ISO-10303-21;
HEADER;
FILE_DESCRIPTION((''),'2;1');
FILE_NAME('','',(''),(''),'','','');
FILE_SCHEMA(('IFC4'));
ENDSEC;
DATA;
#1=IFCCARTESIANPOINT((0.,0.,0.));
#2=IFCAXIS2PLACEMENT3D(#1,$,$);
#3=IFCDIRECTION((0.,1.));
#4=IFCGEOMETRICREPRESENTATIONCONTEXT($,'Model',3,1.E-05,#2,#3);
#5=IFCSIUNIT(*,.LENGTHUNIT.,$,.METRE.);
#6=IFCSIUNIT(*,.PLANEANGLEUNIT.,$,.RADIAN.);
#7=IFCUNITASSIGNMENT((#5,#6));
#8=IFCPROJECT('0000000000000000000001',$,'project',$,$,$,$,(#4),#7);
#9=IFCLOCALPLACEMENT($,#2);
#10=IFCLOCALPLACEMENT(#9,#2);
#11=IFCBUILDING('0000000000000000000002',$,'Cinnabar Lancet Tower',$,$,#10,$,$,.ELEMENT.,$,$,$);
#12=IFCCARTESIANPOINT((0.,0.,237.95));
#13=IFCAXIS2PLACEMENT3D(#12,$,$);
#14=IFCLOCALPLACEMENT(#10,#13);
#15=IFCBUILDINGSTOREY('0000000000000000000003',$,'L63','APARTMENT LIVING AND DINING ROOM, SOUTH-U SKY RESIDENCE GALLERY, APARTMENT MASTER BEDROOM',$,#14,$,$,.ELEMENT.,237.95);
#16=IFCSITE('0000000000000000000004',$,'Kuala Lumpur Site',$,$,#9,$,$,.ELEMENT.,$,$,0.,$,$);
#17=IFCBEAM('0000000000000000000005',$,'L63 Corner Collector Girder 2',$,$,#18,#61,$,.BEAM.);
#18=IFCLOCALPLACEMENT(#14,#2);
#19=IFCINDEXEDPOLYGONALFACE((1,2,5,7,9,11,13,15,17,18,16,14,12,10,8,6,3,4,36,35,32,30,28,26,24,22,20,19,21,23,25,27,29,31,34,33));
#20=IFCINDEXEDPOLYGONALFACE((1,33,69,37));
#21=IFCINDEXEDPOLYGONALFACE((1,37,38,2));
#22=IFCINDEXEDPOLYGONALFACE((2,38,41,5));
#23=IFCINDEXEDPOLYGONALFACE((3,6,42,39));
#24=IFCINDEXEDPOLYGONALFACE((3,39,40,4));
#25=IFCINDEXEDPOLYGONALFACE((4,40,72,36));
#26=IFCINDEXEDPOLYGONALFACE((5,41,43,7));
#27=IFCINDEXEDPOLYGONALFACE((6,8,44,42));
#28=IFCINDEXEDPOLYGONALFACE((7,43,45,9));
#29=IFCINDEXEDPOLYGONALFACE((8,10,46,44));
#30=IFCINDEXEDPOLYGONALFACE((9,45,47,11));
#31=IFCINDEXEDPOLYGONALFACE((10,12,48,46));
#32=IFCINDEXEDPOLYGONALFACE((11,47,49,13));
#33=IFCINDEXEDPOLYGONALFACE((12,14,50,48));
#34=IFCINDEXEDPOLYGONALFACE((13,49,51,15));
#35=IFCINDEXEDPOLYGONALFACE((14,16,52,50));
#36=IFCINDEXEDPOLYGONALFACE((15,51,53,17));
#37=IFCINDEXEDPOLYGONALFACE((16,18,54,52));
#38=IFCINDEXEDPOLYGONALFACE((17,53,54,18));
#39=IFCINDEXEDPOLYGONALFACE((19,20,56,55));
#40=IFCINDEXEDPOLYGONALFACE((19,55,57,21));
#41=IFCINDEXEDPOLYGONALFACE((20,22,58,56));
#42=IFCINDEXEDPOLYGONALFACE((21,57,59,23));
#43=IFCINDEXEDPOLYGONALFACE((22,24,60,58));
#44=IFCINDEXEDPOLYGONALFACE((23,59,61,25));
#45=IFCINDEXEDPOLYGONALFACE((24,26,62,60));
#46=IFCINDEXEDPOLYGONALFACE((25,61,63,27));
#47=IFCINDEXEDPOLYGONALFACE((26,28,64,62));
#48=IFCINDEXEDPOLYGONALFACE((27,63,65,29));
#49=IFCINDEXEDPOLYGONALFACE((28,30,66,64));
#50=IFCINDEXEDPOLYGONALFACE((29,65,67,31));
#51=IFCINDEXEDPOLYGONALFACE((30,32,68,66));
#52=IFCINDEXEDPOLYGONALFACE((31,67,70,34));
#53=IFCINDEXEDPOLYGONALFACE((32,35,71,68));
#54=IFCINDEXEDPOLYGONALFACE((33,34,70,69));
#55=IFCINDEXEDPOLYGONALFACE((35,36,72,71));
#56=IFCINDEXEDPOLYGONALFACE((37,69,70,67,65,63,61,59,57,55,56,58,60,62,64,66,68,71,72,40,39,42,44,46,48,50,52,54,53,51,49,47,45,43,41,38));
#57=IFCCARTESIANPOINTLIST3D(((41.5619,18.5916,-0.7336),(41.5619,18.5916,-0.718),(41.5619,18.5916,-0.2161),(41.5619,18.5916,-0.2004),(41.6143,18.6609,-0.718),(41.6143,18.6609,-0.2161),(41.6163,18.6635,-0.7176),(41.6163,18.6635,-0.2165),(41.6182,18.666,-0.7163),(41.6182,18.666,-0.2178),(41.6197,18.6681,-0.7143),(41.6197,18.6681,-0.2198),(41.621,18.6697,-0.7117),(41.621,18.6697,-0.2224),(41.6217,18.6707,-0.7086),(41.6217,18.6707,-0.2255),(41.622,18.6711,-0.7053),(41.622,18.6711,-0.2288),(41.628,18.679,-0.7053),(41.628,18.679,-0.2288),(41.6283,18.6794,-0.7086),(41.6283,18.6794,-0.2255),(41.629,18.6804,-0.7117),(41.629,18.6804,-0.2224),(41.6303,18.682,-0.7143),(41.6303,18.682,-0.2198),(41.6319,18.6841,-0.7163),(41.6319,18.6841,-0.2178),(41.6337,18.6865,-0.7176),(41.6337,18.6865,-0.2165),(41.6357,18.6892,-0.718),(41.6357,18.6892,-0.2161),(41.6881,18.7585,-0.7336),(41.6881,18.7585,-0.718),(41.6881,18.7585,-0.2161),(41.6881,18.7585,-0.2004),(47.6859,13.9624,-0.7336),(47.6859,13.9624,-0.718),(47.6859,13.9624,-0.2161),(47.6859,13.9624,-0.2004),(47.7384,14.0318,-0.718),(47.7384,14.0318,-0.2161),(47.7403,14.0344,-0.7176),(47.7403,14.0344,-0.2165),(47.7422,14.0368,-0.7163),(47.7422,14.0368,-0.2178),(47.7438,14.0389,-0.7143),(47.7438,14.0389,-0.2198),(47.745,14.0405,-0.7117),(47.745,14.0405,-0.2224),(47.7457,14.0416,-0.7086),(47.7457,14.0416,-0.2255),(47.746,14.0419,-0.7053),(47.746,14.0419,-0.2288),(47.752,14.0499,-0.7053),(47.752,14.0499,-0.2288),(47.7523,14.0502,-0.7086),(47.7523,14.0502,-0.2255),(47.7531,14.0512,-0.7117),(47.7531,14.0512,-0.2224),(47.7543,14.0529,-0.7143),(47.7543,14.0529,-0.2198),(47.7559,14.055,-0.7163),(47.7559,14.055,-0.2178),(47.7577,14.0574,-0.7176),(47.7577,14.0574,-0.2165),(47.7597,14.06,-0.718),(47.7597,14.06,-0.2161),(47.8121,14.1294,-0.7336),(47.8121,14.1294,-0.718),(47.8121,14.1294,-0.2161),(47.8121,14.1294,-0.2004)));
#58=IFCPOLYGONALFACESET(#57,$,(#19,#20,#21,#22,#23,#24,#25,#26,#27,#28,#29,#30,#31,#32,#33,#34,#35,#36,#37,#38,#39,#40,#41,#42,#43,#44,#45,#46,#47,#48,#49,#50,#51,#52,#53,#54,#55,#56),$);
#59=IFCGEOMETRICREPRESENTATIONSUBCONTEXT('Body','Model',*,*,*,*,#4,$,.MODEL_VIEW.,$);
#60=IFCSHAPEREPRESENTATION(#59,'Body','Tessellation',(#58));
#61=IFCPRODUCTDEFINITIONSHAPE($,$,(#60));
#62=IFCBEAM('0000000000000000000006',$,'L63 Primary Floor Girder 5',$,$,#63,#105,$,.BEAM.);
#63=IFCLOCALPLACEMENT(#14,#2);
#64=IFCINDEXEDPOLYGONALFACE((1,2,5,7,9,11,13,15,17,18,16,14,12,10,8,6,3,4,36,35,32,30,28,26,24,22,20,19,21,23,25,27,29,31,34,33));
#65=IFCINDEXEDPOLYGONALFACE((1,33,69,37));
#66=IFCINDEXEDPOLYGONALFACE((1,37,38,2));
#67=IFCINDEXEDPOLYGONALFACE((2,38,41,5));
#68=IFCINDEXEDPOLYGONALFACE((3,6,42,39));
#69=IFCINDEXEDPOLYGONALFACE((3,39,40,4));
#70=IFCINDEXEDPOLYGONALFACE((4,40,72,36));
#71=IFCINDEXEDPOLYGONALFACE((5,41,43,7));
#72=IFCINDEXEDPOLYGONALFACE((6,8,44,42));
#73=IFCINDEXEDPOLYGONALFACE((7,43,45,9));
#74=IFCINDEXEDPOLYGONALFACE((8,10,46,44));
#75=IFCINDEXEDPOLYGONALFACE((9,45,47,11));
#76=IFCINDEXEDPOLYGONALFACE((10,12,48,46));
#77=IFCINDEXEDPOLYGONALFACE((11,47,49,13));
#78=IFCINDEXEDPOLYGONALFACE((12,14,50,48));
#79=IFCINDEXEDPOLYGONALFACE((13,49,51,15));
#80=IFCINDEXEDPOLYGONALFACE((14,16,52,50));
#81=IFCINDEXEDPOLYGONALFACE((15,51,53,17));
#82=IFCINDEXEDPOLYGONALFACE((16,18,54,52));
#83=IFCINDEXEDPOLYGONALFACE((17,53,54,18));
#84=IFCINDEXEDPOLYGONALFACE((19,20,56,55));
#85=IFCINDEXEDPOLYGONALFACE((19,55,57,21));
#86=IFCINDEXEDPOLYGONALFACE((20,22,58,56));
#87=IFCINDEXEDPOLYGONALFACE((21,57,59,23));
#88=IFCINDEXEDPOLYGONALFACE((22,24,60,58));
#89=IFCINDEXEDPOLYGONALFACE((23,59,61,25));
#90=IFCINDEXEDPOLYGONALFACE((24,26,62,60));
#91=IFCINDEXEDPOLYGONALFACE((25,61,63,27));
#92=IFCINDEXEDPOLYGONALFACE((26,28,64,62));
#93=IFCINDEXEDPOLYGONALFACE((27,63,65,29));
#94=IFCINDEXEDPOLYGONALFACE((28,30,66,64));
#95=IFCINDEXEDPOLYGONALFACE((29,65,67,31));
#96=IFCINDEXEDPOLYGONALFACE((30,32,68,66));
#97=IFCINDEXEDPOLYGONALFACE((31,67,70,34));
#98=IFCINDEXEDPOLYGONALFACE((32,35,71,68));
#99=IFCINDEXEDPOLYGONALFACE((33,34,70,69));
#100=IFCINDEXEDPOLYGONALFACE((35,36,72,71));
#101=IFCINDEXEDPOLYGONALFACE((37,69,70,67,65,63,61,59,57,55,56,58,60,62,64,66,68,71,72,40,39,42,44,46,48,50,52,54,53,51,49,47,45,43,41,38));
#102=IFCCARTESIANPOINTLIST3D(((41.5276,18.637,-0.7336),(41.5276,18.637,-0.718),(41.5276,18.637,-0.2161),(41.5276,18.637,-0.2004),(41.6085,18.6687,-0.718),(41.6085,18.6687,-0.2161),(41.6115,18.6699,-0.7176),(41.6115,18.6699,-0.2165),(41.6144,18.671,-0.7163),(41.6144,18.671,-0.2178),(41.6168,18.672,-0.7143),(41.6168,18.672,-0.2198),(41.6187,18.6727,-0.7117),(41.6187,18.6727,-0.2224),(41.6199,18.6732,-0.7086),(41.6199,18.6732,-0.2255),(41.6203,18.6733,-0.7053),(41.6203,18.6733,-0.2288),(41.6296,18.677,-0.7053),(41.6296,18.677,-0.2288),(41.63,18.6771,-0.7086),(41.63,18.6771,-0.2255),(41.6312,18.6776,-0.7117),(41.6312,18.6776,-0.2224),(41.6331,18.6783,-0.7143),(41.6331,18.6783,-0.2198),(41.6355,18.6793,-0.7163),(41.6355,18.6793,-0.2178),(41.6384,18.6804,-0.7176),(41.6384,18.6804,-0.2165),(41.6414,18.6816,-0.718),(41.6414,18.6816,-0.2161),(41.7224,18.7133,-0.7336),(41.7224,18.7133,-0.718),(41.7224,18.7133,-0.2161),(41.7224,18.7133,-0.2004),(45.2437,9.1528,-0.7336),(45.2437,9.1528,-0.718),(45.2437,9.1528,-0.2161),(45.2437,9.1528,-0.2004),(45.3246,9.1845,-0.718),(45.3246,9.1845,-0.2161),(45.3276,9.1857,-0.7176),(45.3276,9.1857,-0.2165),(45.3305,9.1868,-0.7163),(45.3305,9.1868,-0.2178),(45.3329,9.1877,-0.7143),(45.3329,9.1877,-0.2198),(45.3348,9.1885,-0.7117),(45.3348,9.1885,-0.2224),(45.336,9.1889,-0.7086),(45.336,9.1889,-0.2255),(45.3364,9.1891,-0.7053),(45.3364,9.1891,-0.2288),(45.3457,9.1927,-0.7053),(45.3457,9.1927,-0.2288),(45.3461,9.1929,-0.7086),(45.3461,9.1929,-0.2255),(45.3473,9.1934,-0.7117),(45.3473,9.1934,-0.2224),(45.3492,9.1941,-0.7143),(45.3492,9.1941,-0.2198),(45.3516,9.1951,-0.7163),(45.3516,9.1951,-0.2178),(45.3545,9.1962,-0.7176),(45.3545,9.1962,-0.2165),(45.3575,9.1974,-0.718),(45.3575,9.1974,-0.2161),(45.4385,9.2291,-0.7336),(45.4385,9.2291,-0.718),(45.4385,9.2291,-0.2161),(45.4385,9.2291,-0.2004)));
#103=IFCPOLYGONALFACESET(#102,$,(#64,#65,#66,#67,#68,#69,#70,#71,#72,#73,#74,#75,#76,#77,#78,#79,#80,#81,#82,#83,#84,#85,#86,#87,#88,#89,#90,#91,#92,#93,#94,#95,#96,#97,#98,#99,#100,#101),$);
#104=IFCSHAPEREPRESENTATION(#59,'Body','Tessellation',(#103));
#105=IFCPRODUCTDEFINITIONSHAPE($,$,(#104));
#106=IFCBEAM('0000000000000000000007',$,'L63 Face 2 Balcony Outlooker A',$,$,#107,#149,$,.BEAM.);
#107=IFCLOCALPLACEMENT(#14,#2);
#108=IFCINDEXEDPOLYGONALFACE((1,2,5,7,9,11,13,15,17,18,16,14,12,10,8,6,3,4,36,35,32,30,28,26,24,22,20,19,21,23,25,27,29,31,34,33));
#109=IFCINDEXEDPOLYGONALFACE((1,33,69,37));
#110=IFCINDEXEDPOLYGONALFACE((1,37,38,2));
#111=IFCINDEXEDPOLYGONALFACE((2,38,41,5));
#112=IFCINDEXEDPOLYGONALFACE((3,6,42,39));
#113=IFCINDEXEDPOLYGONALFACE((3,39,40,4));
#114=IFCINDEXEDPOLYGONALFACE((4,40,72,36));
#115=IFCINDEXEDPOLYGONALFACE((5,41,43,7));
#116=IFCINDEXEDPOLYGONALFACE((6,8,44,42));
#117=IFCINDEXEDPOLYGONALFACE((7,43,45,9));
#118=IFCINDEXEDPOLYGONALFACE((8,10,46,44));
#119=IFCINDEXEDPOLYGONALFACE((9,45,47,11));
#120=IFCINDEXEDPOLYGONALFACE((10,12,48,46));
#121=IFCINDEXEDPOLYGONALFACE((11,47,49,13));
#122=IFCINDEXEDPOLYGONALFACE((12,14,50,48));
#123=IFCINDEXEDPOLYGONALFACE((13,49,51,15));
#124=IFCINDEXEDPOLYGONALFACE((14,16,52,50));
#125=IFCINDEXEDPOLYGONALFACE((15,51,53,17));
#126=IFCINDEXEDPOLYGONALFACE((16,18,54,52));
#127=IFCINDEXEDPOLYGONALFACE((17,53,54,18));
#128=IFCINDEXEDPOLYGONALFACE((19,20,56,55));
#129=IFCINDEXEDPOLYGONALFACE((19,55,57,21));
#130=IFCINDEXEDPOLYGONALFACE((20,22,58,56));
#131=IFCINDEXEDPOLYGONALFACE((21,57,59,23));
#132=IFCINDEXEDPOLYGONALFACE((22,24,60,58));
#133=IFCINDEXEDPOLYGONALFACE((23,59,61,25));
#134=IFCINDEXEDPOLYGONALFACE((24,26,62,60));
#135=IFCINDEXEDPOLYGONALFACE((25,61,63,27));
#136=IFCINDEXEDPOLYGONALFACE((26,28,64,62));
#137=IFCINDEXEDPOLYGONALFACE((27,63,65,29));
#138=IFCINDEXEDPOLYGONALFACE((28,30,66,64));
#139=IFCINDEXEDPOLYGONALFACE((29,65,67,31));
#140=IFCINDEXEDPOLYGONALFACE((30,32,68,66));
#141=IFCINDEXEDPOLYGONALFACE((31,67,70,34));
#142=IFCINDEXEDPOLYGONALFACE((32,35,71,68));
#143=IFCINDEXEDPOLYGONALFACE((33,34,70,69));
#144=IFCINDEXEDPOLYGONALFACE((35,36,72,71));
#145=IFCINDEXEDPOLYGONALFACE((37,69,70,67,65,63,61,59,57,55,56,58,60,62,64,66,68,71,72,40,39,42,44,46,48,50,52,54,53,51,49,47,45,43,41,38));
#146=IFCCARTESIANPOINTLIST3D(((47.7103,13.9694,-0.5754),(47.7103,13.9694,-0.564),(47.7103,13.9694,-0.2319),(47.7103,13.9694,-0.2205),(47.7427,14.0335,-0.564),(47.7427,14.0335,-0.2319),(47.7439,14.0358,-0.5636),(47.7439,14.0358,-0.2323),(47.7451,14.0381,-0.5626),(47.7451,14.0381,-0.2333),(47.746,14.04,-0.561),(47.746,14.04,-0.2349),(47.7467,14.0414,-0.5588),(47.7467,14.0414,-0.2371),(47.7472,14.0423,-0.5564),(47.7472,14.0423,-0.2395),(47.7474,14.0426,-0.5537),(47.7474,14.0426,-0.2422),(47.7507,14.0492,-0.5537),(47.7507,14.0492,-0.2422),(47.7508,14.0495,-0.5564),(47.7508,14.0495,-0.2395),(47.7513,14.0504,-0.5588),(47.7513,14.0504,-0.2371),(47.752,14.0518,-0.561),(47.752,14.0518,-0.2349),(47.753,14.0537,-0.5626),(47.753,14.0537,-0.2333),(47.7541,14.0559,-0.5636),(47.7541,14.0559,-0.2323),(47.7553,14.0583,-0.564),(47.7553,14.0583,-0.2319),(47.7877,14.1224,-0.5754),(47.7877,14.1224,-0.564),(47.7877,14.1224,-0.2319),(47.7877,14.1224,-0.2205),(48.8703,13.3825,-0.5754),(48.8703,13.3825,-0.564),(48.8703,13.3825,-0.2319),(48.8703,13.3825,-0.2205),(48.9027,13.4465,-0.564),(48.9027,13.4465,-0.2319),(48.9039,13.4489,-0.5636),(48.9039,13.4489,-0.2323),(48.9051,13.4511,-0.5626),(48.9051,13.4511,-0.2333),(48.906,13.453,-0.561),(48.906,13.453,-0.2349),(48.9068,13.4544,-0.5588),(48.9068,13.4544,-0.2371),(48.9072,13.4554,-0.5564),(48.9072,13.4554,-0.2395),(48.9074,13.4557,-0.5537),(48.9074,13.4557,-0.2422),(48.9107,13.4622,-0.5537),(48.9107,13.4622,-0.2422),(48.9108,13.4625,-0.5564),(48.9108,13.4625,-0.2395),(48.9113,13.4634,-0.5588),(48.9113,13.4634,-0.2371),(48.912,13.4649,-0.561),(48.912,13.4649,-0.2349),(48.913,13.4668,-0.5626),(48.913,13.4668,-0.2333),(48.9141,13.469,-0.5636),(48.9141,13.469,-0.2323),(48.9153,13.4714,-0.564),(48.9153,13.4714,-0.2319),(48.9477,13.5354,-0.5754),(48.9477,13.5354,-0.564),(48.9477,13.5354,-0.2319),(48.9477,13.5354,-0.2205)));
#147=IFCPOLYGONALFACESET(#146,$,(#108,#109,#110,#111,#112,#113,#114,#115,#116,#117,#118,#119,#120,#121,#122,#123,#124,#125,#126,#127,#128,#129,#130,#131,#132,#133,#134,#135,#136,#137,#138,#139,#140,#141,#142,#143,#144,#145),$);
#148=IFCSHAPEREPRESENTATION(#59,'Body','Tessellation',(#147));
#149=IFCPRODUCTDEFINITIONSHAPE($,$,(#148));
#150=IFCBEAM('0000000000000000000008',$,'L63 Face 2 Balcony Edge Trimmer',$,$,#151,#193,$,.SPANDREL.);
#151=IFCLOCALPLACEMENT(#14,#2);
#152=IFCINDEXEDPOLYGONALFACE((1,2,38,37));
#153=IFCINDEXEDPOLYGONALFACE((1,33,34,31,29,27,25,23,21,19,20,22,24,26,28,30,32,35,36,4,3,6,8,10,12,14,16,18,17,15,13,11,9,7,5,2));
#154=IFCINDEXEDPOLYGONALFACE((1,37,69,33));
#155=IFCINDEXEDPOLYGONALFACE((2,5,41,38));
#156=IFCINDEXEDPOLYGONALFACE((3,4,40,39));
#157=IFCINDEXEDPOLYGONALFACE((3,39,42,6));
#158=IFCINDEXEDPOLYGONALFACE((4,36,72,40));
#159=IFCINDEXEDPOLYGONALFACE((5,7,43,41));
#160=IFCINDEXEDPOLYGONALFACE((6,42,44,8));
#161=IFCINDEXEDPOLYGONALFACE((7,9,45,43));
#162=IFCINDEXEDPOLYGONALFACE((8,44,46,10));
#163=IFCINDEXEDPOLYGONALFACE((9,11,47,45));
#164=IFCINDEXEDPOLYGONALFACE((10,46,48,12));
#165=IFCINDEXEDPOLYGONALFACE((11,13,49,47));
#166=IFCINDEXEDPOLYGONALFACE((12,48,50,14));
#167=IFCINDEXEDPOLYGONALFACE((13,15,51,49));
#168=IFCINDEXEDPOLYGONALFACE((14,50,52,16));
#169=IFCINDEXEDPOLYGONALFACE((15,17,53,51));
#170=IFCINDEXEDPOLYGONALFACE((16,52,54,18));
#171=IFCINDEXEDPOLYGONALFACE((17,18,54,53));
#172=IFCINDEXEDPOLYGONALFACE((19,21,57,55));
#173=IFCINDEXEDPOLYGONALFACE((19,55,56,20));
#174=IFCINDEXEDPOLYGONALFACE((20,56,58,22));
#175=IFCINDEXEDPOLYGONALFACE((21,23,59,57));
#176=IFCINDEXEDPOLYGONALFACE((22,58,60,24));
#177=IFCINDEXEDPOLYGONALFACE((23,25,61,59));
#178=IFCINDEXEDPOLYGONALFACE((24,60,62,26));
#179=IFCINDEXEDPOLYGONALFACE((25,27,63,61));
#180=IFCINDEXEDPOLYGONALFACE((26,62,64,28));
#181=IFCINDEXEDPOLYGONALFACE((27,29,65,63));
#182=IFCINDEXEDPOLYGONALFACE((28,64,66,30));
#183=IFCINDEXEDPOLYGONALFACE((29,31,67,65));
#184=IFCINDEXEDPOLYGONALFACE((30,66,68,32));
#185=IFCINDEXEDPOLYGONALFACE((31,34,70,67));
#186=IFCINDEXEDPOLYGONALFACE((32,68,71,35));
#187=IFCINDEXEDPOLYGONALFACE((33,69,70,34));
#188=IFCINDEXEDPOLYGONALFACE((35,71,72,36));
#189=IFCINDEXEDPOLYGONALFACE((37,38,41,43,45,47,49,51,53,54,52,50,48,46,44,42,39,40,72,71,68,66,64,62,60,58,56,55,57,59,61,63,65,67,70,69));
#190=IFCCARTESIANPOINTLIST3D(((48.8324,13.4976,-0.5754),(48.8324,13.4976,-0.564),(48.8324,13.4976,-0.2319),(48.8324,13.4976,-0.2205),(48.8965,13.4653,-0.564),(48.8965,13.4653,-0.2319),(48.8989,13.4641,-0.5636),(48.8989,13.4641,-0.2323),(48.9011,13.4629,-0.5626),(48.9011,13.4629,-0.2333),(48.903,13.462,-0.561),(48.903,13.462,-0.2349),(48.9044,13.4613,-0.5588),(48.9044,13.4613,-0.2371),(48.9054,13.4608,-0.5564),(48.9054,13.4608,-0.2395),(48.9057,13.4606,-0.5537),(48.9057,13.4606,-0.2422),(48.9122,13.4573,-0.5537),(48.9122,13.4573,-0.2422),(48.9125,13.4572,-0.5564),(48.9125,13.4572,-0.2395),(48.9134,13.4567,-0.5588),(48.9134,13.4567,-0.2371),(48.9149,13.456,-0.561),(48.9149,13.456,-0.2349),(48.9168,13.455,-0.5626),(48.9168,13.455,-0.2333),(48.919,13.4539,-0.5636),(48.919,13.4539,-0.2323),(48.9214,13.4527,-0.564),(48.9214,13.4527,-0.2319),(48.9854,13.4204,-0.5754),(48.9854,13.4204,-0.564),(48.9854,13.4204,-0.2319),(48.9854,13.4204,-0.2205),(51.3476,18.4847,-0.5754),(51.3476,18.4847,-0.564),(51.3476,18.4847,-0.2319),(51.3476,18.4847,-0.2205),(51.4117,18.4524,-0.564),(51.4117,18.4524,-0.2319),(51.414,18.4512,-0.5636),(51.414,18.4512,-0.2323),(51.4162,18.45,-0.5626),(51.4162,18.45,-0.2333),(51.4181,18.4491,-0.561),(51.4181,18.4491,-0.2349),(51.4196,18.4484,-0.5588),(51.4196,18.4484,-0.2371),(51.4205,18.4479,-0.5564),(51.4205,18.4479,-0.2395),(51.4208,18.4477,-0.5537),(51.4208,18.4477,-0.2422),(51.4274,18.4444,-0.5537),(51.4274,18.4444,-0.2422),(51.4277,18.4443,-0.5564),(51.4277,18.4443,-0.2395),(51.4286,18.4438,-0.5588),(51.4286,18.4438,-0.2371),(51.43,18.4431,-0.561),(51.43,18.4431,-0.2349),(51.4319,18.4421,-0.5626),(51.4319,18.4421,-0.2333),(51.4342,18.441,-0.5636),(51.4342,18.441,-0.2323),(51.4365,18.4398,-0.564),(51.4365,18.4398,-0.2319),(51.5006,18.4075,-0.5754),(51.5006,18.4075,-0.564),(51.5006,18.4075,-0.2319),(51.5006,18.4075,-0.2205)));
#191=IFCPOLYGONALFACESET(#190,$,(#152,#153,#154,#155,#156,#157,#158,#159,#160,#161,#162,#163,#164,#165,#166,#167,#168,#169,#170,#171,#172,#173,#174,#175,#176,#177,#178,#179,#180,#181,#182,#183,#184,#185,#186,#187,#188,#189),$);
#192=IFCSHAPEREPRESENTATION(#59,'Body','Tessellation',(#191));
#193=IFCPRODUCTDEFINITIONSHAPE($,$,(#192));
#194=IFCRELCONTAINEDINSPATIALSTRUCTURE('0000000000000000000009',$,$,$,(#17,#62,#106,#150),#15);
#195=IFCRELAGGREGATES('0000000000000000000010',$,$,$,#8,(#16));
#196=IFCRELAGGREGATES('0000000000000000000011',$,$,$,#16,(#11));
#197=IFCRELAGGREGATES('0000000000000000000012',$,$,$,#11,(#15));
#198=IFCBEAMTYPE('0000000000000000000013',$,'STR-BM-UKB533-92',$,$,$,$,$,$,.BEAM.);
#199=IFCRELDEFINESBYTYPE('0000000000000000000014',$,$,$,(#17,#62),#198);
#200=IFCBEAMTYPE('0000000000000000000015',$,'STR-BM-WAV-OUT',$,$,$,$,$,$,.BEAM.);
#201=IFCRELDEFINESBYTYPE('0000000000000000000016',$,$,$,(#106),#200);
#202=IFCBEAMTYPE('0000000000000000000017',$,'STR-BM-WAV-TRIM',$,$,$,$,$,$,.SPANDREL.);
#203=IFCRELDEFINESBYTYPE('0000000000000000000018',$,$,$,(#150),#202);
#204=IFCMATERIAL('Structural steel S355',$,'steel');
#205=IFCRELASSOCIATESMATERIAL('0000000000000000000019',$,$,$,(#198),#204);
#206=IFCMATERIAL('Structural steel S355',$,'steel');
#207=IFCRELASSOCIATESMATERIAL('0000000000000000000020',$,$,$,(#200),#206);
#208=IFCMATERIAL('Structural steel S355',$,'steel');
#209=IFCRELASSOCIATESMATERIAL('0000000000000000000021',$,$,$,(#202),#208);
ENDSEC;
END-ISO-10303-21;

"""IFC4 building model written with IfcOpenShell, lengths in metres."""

from ifc_helpers import new_model, si_unit, direction, frame, origin, origin_2d, place, context, subcontext, project, spatial, i_section, extrude, material, material_profile, profile_set, type_object, element, save


model = new_model("IFC4")

# Units and contexts
model_context = context("Model", 3, precision=1e-05, world=origin(), true_north=direction((0.0, 1.0)))
body_context = subcontext(model_context, "Body", "Model", "MODEL_VIEW")
ifc_project = project(units=[si_unit("LENGTHUNIT", "METRE"), si_unit("PLANEANGLEUNIT", "RADIAN")], contexts=[model_context])

# Site, building, storey
site_placement = place(None, origin())
site = spatial("IfcSite", under=ifc_project, at=site_placement, Name="Kuala Lumpur Site", CompositionType="ELEMENT", RefElevation=0.0)
building_placement = place(site_placement, origin())
building = spatial("IfcBuilding", under=site, at=building_placement, Name="Cinnabar Lancet Tower", CompositionType="ELEMENT")
storey_placement = place(building_placement, frame((0.0, 0.0, 237.95)))
storey = spatial("IfcBuildingStorey", under=building, at=storey_placement, Name="L63", Description="APARTMENT LIVING AND DINING ROOM, SOUTH-U SKY RESIDENCE GALLERY, APARTMENT MASTER BEDROOM", CompositionType="ELEMENT", Elevation=237.95)

# Beams
ifc_material_1 = material(Name="Structural steel S355", Category="steel")
ifc_material_profile_1 = material_profile(ifc_material_1, i_section(OverallWidth=0.2092, OverallDepth=0.5332, WebThickness=0.01, FlangeThickness=0.0156, FilletRadius=0.0127, at=origin_2d()), Name="UKB 533x210x92")
ifc_profile_set_1 = profile_set([ifc_material_profile_1], Name="Structural steel S355")
beam_type_1 = type_object("IfcBeamType", Name="STR-BM-UKB533-92", PredefinedType="BEAM", material=ifc_profile_set_1)
beam_1_placement = place(storey_placement, frame((47.749, 14.0459, -0.467), z_axis=(-0.797735, 0.603008, 0.0), x_axis=(-0.603008, -0.797735, 0.0)))
element("IfcBeam", 1, at=beam_1_placement, inside=storey, type_object=beam_type_1, Name="L63 Corner Collector Girder 2", PredefinedType="BEAM", context=body_context, shape_type="SweptSolid", body=[
    extrude(i_section(OverallWidth=0.2092, OverallDepth=0.5332, WebThickness=0.01, FlangeThickness=0.0156, FilletRadius=0.0127, at=origin_2d()), origin(), (0.0, 0.0, 1.0), 7.6768),
])
beam_2_placement = place(storey_placement, frame((45.3411, 9.1909, -0.467), z_axis=(-0.364815, 0.93108, 0.0), x_axis=(-0.93108, -0.364815, 0.0)))
element("IfcBeam", 2, at=beam_2_placement, inside=storey, type_object=beam_type_1, Name="L63 Primary Floor Girder 5", PredefinedType="BEAM", context=body_context, shape_type="SweptSolid", body=[
    extrude(i_section(OverallWidth=0.2092, OverallDepth=0.5332, WebThickness=0.01, FlangeThickness=0.0156, FilletRadius=0.0127, at=origin_2d()), origin(), (0.0, 0.0, 1.0), 10.1863),
])
ifc_material_2 = material(Name="Structural steel S355", Category="steel")
ifc_material_profile_2 = material_profile(ifc_material_2, i_section(OverallWidth=0.1714, OverallDepth=0.355, WebThickness=0.0073, FlangeThickness=0.0115, FilletRadius=0.0103, at=origin_2d()), Name="UKB 356x171x51")
ifc_profile_set_2 = profile_set([ifc_material_profile_2], Name="Structural steel S355")
beam_type_2 = type_object("IfcBeamType", Name="STR-BM-WAV-OUT", PredefinedType="BEAM", material=ifc_profile_set_2)
beam_3_placement = place(storey_placement, frame((47.749, 14.0459, -0.3979), z_axis=(0.892276, -0.45149, 0.0), x_axis=(0.45149, 0.892276, 0.0)))
element("IfcBeam", 3, at=beam_3_placement, inside=storey, type_object=beam_type_2, Name="L63 Face 2 Balcony Outlooker A", PredefinedType="BEAM", context=body_context, shape_type="SweptSolid", body=[
    extrude(i_section(OverallWidth=0.1714, OverallDepth=0.355, WebThickness=0.0073, FlangeThickness=0.0115, FilletRadius=0.0103, at=origin_2d()), origin(), (0.0, 0.0, 1.0), 1.3),
])
ifc_material_3 = material(Name="Structural steel S355", Category="steel")
ifc_material_profile_3 = material_profile(ifc_material_3, i_section(OverallWidth=0.1714, OverallDepth=0.355, WebThickness=0.0073, FlangeThickness=0.0115, FilletRadius=0.0103, at=origin_2d()), Name="UKB 356x171x51")
ifc_profile_set_3 = profile_set([ifc_material_profile_3], Name="Structural steel S355")
beam_type_3 = type_object("IfcBeamType", Name="STR-BM-WAV-TRIM", PredefinedType="SPANDREL", material=ifc_profile_set_3)
beam_4_placement = place(storey_placement, frame((48.9089, 13.459, -0.3979), z_axis=(0.450306, 0.892874, 0.0), x_axis=(-0.892874, 0.450306, 0.0)))
element("IfcBeam", 4, at=beam_4_placement, inside=storey, type_object=beam_type_3, Name="L63 Face 2 Balcony Edge Trimmer", PredefinedType="SPANDREL", context=body_context, shape_type="SweptSolid", body=[
    extrude(i_section(OverallWidth=0.1714, OverallDepth=0.355, WebThickness=0.0073, FlangeThickness=0.0115, FilletRadius=0.0103, at=origin_2d()), origin(), (0.0, 0.0, 1.0), 5.5854),
])

save(model, "model.ifc")
